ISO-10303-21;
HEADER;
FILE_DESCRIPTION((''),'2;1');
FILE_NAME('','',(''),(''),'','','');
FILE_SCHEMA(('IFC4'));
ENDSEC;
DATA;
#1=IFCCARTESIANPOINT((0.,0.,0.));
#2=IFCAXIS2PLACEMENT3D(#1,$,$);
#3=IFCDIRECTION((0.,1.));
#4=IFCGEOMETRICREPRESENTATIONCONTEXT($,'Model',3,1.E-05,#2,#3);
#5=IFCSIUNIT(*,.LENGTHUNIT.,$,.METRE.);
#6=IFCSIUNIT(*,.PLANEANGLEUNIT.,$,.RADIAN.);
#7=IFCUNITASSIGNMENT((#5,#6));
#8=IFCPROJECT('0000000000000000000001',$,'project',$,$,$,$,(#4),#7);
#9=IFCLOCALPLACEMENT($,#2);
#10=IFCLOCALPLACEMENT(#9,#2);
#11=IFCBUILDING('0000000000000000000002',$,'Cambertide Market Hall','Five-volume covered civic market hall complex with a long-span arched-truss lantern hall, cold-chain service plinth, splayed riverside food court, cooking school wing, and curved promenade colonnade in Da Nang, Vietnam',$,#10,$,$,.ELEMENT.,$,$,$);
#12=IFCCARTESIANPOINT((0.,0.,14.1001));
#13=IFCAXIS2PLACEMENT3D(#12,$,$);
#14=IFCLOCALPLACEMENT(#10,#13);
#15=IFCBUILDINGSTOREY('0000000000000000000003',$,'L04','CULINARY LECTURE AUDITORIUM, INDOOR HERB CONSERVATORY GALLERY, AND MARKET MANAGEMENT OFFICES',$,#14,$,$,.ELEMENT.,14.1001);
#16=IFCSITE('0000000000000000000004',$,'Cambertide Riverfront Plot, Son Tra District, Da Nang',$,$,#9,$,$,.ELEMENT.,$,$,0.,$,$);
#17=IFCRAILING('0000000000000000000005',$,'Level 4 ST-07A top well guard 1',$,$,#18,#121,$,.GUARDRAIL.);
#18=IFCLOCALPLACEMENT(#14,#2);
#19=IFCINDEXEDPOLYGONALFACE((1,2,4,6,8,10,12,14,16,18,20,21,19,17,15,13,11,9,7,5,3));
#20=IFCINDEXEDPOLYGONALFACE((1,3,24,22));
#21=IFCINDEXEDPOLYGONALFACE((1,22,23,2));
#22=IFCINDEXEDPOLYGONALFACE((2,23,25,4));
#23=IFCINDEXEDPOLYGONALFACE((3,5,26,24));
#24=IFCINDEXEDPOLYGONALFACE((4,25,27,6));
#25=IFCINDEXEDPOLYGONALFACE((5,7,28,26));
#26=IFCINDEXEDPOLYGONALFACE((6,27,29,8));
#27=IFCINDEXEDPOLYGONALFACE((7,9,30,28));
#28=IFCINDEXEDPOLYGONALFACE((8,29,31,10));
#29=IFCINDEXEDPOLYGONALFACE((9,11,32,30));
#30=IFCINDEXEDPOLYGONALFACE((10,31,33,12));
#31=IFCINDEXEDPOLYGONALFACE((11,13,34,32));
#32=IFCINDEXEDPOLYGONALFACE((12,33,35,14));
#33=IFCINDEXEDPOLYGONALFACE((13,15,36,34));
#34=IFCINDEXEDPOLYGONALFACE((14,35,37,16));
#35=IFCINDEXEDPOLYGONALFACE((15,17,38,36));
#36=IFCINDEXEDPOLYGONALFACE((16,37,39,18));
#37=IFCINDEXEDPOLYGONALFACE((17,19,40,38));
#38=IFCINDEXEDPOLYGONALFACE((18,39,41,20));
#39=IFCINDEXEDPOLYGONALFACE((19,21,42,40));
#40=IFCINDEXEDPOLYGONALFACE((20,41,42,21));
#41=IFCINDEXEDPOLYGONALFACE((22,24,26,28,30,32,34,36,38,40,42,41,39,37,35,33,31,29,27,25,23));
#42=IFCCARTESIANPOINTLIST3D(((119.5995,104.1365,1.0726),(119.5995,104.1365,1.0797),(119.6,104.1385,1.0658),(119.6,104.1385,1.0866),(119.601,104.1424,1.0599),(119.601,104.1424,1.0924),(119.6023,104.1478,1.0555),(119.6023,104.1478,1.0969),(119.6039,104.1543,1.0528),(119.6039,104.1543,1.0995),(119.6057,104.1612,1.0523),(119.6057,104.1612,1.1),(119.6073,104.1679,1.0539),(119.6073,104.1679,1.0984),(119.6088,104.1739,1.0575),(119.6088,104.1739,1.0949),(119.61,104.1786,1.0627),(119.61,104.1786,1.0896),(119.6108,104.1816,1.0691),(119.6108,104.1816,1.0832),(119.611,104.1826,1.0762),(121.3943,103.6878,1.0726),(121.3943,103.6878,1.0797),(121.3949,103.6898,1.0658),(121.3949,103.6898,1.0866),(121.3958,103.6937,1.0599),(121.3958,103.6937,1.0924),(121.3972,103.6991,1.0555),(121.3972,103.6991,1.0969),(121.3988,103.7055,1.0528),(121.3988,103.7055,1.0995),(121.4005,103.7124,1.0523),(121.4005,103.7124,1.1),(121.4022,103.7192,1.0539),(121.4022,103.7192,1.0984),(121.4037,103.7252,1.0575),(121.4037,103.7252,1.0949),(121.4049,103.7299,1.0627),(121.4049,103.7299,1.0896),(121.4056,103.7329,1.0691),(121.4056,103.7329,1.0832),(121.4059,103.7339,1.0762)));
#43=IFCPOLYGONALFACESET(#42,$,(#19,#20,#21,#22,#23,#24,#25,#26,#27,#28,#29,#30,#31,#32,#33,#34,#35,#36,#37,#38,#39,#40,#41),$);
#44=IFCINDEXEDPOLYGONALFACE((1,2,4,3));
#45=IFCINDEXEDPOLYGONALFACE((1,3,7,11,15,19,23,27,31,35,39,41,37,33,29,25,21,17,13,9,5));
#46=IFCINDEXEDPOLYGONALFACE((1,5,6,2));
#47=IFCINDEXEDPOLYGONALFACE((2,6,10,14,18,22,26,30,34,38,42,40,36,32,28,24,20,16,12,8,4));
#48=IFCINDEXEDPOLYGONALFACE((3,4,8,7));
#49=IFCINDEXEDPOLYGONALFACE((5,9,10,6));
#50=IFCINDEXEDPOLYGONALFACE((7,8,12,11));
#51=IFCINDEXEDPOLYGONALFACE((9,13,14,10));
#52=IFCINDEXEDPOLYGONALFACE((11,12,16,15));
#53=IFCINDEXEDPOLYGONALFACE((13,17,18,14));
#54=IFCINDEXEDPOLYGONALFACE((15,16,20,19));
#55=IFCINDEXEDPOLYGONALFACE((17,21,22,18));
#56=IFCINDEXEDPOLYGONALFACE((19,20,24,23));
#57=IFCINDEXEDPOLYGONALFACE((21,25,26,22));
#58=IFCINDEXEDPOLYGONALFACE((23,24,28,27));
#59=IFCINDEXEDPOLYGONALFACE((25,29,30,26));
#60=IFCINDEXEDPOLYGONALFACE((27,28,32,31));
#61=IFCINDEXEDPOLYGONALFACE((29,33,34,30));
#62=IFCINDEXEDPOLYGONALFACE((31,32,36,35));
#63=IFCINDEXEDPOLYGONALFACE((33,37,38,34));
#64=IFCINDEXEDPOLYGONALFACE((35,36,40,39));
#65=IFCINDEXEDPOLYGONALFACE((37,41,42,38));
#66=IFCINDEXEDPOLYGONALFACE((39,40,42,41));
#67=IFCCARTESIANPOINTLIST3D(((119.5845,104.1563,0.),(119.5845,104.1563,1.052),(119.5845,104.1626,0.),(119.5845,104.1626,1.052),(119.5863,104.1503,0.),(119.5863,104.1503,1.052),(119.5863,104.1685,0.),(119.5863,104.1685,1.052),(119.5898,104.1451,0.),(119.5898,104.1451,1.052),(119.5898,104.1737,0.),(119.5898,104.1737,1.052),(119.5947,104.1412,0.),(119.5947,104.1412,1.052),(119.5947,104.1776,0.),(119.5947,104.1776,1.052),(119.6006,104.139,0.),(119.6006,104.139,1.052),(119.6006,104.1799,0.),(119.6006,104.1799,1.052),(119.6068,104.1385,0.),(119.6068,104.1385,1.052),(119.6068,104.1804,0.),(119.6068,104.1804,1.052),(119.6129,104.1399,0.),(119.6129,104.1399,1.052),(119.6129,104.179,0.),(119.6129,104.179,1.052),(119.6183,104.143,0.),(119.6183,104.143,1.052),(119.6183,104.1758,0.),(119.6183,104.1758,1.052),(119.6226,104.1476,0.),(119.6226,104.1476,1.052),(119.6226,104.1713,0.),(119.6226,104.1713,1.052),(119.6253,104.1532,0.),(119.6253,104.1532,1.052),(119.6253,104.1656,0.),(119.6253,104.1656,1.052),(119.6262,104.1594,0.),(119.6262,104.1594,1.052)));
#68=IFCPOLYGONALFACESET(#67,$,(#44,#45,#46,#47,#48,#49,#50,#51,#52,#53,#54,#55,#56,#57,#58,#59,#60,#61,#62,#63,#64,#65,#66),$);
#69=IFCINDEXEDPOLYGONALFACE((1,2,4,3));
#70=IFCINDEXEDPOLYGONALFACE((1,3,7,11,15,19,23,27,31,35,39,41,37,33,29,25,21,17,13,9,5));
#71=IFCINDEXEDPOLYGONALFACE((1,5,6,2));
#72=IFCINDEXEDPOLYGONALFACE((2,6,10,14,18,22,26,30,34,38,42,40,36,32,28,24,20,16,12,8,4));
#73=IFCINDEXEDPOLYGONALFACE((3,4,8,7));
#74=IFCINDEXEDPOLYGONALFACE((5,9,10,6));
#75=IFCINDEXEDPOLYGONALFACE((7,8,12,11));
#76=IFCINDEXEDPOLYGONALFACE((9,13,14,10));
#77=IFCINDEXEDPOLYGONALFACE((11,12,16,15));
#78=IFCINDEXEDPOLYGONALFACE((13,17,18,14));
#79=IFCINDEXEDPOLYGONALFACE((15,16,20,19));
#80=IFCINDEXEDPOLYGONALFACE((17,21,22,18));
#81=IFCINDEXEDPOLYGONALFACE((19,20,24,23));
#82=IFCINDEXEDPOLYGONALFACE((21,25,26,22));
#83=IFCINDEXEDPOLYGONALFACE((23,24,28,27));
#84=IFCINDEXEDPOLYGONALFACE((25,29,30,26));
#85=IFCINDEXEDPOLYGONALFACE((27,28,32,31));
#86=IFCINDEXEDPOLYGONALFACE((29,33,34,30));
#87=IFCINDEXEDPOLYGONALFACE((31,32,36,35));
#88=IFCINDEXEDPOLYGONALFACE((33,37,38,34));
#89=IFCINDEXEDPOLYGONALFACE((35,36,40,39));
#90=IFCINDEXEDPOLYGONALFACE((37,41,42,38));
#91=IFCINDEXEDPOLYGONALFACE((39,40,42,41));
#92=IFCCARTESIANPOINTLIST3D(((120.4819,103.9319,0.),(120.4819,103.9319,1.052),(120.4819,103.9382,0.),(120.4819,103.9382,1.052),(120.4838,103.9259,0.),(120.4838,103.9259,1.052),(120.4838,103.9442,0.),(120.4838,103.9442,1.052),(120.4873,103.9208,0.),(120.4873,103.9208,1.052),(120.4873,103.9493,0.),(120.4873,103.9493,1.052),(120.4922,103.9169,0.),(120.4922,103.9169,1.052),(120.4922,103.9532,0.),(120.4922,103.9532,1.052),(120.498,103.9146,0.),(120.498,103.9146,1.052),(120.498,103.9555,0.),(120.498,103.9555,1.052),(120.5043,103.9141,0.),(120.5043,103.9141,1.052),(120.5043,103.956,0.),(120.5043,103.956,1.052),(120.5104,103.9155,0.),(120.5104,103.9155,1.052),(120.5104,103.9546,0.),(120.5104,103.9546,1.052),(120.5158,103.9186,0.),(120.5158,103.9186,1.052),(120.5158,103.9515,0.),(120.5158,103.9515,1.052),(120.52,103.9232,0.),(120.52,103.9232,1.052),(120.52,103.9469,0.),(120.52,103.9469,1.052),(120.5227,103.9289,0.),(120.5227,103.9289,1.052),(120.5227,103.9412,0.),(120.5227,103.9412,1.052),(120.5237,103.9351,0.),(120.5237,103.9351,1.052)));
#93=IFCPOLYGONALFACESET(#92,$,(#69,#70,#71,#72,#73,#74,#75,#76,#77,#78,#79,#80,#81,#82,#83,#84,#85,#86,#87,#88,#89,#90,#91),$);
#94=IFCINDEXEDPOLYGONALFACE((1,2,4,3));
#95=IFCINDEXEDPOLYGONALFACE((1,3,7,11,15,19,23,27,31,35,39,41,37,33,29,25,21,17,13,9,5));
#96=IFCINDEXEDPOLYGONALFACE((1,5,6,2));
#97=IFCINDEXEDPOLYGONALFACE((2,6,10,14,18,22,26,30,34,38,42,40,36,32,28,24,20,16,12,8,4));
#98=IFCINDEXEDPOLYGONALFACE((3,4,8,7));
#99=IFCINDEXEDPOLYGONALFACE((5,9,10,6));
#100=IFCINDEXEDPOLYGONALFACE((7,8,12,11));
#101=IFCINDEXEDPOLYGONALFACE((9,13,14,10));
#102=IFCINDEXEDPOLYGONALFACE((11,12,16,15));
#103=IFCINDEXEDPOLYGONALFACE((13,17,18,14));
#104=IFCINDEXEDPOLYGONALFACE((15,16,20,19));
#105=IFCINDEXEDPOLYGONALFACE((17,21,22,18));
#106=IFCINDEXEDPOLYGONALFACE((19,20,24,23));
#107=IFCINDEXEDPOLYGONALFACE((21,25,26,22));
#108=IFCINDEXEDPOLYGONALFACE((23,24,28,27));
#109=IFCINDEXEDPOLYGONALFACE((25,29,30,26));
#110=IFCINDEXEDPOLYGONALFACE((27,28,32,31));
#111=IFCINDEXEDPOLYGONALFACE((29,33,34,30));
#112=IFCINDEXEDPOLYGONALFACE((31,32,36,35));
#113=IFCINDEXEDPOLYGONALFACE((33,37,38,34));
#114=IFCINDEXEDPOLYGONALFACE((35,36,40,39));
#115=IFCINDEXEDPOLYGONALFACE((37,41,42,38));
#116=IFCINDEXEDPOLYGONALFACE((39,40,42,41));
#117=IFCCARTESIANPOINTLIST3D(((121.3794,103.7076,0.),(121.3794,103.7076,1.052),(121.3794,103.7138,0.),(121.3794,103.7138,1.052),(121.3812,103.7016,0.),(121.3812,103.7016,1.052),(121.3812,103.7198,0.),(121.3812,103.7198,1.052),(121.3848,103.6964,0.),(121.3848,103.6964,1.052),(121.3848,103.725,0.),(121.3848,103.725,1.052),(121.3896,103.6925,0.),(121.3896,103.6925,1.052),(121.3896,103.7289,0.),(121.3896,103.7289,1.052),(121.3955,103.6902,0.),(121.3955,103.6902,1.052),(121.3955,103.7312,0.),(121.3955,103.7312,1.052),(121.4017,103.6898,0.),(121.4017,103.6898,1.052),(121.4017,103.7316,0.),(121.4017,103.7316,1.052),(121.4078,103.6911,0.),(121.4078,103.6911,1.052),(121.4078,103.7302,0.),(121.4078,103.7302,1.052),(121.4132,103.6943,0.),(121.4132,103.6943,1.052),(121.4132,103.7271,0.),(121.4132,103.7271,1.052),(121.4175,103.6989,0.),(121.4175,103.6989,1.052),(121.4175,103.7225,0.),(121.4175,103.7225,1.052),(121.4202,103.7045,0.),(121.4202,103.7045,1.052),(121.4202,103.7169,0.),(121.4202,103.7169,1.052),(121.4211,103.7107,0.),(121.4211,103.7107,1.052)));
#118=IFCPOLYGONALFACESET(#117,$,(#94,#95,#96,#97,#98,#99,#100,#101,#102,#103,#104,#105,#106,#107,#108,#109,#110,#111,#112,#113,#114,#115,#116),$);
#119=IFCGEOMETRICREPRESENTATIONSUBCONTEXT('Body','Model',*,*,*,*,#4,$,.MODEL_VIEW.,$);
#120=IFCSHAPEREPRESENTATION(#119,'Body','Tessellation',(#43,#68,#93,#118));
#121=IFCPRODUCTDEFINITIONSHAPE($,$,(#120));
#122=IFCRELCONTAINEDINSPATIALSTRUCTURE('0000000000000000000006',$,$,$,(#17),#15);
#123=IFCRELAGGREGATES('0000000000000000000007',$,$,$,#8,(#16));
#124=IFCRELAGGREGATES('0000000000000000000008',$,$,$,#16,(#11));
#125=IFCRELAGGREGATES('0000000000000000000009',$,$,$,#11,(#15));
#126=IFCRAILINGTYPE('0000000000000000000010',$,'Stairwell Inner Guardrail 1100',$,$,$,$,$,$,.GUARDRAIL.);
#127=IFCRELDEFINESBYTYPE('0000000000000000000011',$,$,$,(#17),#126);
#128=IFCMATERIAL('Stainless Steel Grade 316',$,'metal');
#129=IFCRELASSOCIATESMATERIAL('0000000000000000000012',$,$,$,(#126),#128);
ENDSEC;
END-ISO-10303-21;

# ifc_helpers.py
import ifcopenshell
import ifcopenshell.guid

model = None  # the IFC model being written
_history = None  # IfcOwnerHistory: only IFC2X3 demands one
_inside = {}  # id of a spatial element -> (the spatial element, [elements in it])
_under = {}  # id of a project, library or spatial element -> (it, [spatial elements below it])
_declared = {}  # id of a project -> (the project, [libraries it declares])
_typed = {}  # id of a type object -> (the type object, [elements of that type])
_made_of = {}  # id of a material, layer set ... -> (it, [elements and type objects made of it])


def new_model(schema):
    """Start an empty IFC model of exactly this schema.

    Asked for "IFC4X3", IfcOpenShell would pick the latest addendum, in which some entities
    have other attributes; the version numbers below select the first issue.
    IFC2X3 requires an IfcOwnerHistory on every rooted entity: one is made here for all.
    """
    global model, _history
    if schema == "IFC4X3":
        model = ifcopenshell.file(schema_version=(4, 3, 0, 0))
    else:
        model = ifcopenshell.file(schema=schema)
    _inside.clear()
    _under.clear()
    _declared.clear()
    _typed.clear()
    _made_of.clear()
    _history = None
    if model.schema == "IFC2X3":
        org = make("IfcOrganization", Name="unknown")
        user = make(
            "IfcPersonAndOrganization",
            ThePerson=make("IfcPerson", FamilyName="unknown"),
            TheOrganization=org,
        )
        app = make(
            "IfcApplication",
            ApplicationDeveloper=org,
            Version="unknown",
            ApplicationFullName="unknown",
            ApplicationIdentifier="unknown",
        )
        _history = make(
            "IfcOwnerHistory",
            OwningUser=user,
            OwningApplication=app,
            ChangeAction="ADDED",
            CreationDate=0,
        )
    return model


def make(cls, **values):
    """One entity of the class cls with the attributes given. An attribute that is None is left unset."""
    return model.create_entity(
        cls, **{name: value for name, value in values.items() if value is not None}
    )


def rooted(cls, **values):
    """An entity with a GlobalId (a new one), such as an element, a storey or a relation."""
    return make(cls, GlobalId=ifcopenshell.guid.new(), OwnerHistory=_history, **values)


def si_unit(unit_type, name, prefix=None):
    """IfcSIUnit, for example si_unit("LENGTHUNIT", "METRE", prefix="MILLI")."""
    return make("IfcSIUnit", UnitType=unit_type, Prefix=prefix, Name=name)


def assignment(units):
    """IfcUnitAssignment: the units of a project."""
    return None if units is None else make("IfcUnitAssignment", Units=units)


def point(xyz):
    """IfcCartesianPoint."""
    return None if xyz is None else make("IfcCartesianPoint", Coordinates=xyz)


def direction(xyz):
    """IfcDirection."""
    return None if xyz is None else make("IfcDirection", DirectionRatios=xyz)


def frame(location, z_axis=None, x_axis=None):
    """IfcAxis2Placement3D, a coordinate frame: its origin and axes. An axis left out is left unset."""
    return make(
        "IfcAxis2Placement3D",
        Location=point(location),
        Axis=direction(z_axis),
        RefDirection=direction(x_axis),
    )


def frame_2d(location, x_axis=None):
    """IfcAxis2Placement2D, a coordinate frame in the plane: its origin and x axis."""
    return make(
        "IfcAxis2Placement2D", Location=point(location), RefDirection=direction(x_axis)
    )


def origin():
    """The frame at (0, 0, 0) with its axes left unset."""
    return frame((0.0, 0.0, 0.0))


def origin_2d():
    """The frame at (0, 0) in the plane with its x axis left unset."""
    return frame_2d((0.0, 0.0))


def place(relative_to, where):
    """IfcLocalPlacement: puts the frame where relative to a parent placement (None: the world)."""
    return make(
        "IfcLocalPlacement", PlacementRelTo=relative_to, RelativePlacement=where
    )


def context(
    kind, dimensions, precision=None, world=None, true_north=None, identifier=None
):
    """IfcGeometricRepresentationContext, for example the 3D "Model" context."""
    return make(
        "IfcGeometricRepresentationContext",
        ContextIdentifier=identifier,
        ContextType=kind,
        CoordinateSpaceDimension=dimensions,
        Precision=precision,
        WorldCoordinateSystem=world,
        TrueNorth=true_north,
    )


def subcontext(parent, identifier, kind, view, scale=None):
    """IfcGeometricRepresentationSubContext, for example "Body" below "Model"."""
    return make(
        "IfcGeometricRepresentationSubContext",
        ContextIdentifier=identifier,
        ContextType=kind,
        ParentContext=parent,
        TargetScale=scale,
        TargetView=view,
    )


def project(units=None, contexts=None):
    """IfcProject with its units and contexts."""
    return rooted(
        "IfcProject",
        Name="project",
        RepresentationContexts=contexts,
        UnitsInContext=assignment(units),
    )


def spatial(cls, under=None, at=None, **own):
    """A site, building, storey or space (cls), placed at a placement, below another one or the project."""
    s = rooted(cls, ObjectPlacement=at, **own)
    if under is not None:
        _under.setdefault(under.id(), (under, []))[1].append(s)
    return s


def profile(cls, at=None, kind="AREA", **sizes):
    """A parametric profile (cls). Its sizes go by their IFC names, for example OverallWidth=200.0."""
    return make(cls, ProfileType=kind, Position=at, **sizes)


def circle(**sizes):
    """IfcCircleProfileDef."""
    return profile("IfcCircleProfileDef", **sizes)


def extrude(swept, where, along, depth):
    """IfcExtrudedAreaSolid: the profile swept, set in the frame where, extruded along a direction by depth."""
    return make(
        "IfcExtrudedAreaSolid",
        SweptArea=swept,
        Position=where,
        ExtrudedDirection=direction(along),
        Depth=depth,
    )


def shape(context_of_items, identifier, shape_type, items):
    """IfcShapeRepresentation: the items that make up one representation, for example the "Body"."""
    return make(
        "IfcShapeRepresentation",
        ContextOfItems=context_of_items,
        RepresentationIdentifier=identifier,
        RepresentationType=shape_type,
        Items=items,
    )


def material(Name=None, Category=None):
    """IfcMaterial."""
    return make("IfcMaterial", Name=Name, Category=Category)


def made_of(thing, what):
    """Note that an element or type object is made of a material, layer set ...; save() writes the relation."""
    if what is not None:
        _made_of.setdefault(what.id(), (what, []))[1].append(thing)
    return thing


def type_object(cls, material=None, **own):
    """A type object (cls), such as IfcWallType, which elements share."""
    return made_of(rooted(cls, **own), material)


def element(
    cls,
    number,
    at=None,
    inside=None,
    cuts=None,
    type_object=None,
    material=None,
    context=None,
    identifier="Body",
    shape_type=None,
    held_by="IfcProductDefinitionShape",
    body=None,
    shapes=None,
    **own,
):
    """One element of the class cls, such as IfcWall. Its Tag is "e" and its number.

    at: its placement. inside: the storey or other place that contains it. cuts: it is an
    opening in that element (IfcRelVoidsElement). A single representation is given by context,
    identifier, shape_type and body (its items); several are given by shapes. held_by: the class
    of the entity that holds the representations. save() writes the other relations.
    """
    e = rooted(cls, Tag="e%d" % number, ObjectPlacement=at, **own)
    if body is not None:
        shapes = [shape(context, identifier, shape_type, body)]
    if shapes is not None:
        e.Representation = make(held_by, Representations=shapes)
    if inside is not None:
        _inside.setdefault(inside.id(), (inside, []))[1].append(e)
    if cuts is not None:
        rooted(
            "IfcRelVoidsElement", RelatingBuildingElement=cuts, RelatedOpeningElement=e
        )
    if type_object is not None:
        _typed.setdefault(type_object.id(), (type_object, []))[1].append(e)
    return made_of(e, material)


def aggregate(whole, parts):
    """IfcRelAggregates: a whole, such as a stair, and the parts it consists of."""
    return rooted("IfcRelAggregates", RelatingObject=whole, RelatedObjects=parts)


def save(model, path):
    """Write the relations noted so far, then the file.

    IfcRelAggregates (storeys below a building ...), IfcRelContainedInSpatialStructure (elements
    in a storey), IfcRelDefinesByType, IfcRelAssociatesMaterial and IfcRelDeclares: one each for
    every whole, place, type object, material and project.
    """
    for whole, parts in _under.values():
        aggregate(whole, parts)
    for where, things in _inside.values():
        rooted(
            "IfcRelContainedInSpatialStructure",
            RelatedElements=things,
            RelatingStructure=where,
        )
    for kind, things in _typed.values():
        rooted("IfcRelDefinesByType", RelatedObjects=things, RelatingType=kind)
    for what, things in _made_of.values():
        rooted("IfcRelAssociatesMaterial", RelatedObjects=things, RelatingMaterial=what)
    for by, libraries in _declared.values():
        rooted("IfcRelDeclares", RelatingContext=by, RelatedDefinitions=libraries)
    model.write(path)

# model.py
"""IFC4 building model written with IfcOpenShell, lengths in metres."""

from ifc_helpers import new_model, si_unit, direction, frame, origin, origin_2d, place, context, subcontext, project, spatial, circle, extrude, material, type_object, element, save


model = new_model("IFC4")

# Units and contexts
model_context = context("Model", 3, precision=1e-05, world=origin(), true_north=direction((0.0, 1.0)))
body_context = subcontext(model_context, "Body", "Model", "MODEL_VIEW")
ifc_project = project(units=[si_unit("LENGTHUNIT", "METRE"), si_unit("PLANEANGLEUNIT", "RADIAN")], contexts=[model_context])

# Site, building, storey
site_placement = place(None, origin())
site = spatial("IfcSite", under=ifc_project, at=site_placement, Name="Cambertide Riverfront Plot, Son Tra District, Da Nang", CompositionType="ELEMENT", RefElevation=0.0)
building_placement = place(site_placement, origin())
building = spatial("IfcBuilding", under=site, at=building_placement, Name="Cambertide Market Hall", Description="Five-volume covered civic market hall complex with a long-span arched-truss lantern hall, cold-chain service plinth, splayed riverside food court, cooking school wing, and curved promenade colonnade in Da Nang, Vietnam", CompositionType="ELEMENT")
storey_placement = place(building_placement, frame((0.0, 0.0, 14.1001)))
storey = spatial("IfcBuildingStorey", under=building, at=storey_placement, Name="L04", Description="CULINARY LECTURE AUDITORIUM, INDOOR HERB CONSERVATORY GALLERY, AND MARKET MANAGEMENT OFFICES", CompositionType="ELEMENT", Elevation=14.1001)

# Railing
ifc_material_1 = material(Name="Stainless Steel Grade 316", Category="metal")
railing_type = type_object("IfcRailingType", Name="Stairwell Inner Guardrail 1100", PredefinedType="GUARDRAIL", material=ifc_material_1)
railing_placement = place(storey_placement, frame((119.6052, 104.1594, 0.0)))
element("IfcRailing", 1, at=railing_placement, inside=storey, type_object=railing_type, Name="Level 4 ST-07A top well guard 1", PredefinedType="GUARDRAIL", context=body_context, shape_type="SweptSolid", body=[
    extrude(circle(Radius=0.0239, at=origin_2d()), frame((0.0, 0.0, 1.0762), z_axis=(0.970143, -0.242536, 0.0), x_axis=(0.242536, 0.970143, 0.0)), (0.0, 0.0, 1.0), 1.8501),
    extrude(circle(Radius=0.021, at=origin_2d()), origin(), (0.0, 0.0, 1.0), 1.052),
    extrude(circle(Radius=0.021, at=origin_2d()), frame((0.8975, -0.2244, 0.0)), (0.0, 0.0, 1.0), 1.052),
    extrude(circle(Radius=0.021, at=origin_2d()), frame((1.7949, -0.4487, 0.0)), (0.0, 0.0, 1.0), 1.052),
])

save(model, "model.ifc")
